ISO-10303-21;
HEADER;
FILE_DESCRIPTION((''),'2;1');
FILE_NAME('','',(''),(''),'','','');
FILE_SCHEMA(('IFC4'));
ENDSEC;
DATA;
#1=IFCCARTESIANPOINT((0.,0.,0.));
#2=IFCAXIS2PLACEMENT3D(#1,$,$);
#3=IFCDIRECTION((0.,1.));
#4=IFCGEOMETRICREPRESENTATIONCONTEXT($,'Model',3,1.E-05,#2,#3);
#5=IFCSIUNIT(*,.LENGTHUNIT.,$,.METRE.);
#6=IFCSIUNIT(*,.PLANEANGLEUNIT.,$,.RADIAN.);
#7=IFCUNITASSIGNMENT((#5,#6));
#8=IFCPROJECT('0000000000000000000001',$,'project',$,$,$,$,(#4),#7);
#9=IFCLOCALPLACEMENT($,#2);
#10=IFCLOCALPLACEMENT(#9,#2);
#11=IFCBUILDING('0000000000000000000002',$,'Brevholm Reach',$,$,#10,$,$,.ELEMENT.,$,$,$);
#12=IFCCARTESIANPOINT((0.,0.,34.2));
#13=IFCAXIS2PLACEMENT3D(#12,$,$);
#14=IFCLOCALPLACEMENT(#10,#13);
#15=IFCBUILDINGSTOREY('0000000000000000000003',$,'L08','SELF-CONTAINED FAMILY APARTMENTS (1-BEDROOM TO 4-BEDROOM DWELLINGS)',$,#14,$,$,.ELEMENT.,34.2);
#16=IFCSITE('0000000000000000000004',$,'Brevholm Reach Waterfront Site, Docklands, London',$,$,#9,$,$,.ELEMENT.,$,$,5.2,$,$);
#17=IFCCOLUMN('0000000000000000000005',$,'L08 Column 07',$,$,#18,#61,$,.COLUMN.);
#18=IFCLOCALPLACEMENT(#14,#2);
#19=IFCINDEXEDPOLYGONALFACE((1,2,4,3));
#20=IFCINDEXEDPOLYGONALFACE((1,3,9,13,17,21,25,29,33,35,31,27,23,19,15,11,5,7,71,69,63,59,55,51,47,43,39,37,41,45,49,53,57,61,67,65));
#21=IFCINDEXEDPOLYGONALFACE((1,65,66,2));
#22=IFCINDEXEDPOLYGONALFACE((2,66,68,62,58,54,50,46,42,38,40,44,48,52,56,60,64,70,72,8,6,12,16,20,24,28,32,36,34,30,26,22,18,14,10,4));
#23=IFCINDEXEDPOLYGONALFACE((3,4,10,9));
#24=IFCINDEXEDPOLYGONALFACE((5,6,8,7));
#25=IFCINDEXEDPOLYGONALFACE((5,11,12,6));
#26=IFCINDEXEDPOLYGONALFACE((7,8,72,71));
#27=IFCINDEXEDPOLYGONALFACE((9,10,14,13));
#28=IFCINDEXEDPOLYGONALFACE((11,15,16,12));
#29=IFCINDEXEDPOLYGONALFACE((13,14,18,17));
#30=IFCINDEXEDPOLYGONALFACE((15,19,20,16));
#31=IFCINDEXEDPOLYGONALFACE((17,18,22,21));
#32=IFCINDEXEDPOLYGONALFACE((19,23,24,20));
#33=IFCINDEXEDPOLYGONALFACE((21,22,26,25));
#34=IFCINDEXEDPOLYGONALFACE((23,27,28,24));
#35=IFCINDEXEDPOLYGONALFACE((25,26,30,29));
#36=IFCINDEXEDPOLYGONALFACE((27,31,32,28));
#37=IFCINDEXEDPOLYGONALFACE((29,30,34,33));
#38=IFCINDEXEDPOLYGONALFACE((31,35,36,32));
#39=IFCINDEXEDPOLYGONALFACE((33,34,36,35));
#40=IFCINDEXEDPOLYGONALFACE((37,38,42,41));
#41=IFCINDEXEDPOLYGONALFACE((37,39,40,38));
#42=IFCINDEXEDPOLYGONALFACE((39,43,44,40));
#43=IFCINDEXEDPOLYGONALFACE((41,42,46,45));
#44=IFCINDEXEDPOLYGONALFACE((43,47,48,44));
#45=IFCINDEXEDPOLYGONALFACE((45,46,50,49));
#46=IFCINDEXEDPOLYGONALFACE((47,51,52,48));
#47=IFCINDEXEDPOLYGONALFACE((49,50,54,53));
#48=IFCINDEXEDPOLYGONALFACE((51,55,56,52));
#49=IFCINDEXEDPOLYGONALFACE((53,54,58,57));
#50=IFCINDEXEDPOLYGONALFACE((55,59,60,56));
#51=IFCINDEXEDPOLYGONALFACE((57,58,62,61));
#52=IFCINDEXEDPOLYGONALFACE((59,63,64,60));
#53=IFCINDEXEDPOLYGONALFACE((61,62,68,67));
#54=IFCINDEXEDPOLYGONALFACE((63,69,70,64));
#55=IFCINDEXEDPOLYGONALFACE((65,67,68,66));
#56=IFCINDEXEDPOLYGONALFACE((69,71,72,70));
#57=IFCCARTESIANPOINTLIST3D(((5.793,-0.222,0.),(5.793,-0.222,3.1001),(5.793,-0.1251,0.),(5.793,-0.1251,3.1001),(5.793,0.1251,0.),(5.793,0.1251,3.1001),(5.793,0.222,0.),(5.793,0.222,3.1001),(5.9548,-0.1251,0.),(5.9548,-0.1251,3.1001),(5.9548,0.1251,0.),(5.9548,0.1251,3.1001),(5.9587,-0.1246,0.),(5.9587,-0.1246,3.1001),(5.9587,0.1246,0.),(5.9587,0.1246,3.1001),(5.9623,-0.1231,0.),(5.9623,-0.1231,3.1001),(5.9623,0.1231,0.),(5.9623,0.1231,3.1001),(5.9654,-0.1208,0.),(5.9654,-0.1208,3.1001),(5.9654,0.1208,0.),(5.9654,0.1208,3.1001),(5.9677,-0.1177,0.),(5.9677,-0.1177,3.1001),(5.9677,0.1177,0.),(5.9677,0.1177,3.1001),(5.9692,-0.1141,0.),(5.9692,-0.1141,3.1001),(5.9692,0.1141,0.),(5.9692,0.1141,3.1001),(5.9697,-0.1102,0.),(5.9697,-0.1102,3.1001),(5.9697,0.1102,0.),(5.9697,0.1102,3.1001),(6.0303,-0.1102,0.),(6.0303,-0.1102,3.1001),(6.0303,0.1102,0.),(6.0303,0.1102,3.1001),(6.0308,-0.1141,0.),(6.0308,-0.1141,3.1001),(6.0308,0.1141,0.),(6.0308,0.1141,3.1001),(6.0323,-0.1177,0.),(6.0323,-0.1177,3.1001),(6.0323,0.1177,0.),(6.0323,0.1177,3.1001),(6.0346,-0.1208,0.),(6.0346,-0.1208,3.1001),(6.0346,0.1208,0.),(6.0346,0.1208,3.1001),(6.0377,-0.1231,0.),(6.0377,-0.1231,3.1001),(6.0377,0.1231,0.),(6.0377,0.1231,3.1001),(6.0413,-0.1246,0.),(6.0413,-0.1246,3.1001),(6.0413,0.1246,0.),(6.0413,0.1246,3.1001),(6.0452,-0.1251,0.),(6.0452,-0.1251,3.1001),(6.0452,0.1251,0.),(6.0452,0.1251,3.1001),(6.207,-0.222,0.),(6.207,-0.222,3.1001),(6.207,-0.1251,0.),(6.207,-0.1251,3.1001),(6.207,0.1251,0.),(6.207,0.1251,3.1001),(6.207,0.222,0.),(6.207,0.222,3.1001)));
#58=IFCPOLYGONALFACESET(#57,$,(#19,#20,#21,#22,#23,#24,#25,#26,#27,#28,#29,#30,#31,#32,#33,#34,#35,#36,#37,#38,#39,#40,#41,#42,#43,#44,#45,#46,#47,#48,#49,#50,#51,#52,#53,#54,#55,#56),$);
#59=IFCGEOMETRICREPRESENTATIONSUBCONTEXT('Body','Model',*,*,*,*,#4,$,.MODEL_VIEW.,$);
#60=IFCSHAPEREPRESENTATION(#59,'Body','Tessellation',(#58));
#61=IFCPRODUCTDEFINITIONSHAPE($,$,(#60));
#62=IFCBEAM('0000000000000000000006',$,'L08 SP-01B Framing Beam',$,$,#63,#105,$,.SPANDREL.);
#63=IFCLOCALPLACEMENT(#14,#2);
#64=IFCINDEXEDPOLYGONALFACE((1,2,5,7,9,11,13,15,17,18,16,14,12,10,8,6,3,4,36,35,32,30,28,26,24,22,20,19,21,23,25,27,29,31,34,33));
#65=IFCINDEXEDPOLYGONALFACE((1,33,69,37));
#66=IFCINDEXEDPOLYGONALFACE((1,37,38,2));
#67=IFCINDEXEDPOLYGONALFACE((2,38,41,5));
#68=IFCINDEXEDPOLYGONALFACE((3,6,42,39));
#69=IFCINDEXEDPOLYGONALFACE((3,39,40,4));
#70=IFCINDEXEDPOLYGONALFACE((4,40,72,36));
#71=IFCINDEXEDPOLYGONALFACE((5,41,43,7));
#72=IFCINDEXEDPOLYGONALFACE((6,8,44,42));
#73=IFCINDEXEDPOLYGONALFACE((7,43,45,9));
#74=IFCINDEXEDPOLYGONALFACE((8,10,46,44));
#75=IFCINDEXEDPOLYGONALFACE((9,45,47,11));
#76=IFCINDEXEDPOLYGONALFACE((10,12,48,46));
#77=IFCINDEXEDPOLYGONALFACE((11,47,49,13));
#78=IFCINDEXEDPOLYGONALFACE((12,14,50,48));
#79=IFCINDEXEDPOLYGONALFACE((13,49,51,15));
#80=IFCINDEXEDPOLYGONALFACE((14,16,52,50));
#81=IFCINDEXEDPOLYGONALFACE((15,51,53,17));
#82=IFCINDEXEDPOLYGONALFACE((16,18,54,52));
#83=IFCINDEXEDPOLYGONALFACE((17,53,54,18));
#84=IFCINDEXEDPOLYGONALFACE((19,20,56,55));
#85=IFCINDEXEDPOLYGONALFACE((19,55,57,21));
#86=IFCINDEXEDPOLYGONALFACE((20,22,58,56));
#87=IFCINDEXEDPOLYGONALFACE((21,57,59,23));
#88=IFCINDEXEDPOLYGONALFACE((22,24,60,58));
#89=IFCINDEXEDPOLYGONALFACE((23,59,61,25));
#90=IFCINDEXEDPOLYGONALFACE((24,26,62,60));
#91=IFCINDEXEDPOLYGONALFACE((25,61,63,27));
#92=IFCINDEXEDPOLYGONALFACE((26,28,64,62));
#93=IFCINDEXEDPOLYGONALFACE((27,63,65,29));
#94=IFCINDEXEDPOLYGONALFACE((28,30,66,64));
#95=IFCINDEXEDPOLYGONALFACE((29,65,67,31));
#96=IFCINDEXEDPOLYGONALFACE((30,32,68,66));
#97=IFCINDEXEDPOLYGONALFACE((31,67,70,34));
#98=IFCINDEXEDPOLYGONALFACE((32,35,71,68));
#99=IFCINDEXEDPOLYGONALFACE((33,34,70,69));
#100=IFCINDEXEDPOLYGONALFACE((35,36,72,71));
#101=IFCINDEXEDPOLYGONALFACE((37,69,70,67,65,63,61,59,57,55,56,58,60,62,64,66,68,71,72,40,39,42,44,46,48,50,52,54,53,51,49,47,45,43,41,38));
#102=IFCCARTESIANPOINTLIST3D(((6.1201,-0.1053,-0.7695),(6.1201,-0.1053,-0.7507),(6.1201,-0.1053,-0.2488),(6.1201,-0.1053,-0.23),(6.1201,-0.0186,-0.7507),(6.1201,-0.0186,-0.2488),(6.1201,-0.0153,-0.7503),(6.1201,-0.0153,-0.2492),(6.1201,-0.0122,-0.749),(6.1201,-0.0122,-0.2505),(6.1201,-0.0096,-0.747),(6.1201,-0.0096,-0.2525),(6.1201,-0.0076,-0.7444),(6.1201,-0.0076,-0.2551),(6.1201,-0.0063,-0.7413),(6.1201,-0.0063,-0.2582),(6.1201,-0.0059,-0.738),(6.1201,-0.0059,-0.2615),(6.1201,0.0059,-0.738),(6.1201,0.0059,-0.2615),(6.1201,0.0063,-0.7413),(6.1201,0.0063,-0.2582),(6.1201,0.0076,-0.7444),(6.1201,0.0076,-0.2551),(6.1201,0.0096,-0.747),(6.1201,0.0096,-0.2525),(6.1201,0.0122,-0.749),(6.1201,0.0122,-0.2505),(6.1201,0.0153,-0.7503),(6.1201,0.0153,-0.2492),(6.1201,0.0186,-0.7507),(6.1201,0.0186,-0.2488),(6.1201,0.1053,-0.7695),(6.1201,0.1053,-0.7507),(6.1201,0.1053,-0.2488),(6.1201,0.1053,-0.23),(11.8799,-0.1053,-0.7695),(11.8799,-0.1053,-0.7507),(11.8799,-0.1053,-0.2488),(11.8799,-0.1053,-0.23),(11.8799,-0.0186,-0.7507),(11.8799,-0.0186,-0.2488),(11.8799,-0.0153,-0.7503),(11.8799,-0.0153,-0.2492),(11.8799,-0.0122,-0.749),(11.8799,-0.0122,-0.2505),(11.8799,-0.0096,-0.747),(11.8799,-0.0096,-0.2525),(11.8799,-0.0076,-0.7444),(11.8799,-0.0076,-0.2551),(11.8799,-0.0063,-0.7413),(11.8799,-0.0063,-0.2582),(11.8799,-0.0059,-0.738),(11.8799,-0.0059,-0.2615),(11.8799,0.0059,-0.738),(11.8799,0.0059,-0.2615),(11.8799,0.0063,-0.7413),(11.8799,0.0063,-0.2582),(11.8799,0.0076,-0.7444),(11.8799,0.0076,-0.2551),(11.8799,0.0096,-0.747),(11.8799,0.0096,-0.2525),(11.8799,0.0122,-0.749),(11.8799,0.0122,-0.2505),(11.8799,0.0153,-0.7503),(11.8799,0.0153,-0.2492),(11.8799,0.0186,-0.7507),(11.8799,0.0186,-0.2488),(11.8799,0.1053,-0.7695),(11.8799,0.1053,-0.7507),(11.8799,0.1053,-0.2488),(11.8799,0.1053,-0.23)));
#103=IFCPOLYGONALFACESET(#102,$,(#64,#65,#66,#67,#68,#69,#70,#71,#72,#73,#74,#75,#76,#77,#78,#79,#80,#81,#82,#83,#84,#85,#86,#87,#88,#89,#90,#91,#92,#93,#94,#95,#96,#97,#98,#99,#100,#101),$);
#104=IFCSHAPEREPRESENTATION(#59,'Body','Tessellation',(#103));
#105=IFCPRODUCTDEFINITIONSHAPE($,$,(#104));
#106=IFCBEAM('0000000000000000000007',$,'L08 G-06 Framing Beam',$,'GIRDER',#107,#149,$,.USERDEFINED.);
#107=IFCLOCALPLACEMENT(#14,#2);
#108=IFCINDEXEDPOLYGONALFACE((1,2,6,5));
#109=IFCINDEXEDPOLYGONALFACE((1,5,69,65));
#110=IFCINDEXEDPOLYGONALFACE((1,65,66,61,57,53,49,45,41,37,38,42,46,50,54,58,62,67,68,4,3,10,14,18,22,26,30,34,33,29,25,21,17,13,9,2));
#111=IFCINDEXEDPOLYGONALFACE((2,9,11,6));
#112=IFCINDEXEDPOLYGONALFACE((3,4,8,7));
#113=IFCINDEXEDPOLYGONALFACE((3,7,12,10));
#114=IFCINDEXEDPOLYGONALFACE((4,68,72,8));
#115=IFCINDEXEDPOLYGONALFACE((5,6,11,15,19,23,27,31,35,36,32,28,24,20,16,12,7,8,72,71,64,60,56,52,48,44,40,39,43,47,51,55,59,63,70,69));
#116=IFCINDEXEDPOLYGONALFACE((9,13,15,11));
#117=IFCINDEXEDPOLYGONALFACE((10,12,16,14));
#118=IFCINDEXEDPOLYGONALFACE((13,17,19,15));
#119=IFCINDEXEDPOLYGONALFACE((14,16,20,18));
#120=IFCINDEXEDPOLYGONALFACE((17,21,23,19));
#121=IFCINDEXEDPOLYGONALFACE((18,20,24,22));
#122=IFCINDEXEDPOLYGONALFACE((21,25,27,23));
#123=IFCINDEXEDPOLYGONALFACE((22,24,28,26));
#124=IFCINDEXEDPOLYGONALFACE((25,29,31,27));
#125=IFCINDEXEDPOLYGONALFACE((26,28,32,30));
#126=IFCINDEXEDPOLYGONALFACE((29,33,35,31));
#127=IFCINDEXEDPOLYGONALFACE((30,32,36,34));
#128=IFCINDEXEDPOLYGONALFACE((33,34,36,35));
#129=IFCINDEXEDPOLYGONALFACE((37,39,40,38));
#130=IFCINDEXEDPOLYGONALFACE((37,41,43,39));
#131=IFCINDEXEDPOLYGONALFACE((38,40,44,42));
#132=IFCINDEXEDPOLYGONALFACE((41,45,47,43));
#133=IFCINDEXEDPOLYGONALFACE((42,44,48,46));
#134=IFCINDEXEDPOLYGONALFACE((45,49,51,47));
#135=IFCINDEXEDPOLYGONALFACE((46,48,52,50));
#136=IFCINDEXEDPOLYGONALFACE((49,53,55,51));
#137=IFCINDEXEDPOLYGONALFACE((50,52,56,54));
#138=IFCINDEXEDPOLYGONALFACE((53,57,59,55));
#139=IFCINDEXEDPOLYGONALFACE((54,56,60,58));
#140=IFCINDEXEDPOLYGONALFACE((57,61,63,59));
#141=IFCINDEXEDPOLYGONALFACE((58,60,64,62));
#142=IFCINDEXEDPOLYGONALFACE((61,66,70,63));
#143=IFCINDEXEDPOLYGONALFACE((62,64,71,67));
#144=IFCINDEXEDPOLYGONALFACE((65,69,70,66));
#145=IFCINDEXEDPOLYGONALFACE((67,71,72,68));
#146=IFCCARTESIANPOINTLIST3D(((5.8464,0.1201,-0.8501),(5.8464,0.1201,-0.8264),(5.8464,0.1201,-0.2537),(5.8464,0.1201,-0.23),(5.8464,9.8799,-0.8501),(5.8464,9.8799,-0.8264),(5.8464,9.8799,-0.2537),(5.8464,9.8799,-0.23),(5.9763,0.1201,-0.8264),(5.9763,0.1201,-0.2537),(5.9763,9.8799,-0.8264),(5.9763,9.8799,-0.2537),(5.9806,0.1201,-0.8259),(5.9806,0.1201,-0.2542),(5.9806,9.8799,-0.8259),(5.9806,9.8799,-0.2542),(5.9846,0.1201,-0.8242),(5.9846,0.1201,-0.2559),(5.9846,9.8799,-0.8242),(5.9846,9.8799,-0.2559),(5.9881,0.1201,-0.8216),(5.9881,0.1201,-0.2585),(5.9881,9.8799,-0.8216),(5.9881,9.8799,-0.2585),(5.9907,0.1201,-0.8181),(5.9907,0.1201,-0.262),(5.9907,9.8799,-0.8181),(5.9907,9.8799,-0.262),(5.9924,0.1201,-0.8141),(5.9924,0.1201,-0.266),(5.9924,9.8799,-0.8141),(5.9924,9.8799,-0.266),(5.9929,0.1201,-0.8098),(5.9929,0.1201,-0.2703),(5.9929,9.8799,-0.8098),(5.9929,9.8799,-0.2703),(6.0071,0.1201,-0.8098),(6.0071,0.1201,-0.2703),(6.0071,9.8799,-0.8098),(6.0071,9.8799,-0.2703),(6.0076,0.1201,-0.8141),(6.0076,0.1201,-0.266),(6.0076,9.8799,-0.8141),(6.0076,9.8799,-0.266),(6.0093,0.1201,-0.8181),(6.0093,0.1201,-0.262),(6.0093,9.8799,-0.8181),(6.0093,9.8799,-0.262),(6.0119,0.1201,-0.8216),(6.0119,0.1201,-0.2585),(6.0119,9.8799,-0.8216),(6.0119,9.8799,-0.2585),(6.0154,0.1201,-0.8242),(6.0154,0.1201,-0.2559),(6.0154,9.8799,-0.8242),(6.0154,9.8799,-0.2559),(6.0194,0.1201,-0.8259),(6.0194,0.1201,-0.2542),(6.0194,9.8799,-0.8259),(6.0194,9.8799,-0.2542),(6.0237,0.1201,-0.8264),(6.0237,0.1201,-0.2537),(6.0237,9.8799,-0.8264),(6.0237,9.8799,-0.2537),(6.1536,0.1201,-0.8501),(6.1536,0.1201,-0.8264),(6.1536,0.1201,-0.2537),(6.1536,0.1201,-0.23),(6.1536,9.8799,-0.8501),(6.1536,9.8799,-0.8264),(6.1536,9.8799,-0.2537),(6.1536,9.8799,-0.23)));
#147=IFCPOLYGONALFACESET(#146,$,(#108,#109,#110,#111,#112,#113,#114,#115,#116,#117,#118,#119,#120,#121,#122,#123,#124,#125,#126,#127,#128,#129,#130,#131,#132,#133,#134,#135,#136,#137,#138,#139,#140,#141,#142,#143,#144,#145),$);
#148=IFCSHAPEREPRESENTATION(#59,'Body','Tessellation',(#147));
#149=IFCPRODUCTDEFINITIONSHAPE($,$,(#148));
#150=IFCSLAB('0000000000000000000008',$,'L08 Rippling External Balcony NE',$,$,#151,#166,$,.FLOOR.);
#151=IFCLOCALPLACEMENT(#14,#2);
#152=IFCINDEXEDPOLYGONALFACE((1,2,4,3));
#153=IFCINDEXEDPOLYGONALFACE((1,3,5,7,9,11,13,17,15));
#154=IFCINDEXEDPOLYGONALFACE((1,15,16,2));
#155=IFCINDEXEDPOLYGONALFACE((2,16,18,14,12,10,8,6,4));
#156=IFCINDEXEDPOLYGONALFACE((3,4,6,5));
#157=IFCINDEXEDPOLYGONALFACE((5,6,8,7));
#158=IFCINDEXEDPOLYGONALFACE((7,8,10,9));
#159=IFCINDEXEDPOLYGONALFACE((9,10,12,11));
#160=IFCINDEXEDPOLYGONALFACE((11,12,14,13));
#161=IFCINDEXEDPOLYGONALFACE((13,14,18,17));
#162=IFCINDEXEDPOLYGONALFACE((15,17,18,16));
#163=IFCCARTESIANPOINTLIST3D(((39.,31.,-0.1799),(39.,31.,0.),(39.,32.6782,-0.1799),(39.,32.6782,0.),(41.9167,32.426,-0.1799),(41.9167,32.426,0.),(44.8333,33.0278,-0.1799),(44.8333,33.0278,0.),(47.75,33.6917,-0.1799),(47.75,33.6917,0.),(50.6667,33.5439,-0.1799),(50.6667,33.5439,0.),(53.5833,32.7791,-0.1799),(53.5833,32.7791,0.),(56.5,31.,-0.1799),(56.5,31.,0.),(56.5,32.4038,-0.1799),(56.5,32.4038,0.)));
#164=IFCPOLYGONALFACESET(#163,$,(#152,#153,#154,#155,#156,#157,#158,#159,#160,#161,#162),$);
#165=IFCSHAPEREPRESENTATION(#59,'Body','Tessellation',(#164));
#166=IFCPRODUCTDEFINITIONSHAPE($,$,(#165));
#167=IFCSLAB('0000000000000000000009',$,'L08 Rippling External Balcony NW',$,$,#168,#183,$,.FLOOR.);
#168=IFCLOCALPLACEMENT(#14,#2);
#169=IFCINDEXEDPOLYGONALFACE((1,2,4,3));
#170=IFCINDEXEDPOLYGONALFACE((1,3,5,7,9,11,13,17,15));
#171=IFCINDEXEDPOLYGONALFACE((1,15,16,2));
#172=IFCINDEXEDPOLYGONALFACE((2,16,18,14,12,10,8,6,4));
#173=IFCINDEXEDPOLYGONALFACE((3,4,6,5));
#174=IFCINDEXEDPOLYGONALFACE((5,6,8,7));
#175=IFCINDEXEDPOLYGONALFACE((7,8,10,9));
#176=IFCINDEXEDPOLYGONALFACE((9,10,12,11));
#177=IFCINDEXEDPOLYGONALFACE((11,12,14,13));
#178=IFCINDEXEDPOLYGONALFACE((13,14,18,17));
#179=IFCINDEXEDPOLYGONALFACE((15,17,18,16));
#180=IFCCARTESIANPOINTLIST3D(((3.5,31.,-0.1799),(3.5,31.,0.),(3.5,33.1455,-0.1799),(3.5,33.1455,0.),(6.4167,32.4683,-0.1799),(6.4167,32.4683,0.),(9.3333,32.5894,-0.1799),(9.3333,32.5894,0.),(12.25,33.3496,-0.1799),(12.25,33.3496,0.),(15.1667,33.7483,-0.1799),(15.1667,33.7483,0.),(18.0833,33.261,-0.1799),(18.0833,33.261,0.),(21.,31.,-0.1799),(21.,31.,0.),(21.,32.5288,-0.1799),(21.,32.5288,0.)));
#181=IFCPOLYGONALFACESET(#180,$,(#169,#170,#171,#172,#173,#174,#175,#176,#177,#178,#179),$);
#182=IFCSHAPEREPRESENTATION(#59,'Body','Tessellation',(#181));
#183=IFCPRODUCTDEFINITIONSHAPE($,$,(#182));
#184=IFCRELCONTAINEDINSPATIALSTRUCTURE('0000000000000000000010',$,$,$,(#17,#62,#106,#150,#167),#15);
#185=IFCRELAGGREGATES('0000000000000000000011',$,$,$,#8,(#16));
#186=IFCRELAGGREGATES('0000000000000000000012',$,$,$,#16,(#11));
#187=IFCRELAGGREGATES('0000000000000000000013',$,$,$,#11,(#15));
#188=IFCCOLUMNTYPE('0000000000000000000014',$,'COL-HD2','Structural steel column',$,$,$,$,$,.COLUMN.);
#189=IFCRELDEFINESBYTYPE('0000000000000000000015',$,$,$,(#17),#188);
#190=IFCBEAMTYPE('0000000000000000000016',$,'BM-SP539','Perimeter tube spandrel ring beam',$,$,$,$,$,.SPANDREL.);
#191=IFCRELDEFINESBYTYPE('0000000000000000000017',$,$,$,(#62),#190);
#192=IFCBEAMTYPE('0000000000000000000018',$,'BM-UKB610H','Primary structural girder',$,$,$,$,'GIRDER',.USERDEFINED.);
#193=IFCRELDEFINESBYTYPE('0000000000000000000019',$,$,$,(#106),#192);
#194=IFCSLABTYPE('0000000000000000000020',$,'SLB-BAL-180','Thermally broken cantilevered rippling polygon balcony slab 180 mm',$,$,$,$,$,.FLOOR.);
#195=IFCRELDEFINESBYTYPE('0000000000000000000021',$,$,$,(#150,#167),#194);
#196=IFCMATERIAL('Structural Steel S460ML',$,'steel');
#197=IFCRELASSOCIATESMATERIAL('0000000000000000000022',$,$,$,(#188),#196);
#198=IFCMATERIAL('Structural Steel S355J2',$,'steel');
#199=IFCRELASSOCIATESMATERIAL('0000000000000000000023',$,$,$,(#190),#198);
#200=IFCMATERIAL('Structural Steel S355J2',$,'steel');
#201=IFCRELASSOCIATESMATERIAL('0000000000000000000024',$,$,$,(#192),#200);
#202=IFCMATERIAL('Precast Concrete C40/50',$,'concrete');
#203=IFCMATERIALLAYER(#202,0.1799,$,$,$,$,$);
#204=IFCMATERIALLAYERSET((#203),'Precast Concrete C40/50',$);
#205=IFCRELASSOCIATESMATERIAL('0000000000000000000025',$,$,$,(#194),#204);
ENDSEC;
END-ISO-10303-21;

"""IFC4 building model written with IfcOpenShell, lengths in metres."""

from ifc_helpers import new_model, si_unit, direction, frame, origin, origin_2d, place, context, subcontext, project, spatial, polyline, i_section, outline, extrude, material, layer, layer_set, material_profile, profile_set, type_object, element, save


model = new_model("IFC4")

# Units and contexts
model_context = context("Model", 3, precision=1e-05, world=origin(), true_north=direction((0.0, 1.0)))
body_context = subcontext(model_context, "Body", "Model", "MODEL_VIEW")
ifc_project = project(units=[si_unit("LENGTHUNIT", "METRE"), si_unit("PLANEANGLEUNIT", "RADIAN")], contexts=[model_context])

# Site, building, storey
site_placement = place(None, origin())
site = spatial("IfcSite", under=ifc_project, at=site_placement, Name="Brevholm Reach Waterfront Site, Docklands, London", CompositionType="ELEMENT", RefElevation=5.2)
building_placement = place(site_placement, origin())
building = spatial("IfcBuilding", under=site, at=building_placement, Name="Brevholm Reach", CompositionType="ELEMENT")
storey_placement = place(building_placement, frame((0.0, 0.0, 34.2)))
storey = spatial("IfcBuildingStorey", under=building, at=storey_placement, Name="L08", Description="SELF-CONTAINED FAMILY APARTMENTS (1-BEDROOM TO 4-BEDROOM DWELLINGS)", CompositionType="ELEMENT", Elevation=34.2)

# Column
ifc_material_1 = material(Name="Structural Steel S460ML", Category="steel")
ifc_material_profile_1 = material_profile(ifc_material_1, i_section(OverallWidth=0.4141, OverallDepth=0.4441, WebThickness=0.0605, FlangeThickness=0.0969, FilletRadius=0.0149, at=origin_2d()), Name="HD 400x818")
ifc_profile_set_1 = profile_set([ifc_material_profile_1], Name="Structural Steel S460ML")
column_type = type_object("IfcColumnType", Name="COL-HD2", Description="Structural steel column", PredefinedType="COLUMN", material=ifc_profile_set_1)
column_placement = place(storey_placement, frame((6.0, 0.0, 0.0), z_axis=(0.0, 0.0, 1.0), x_axis=(1.0, 0.0, 0.0)))
element("IfcColumn", 1, at=column_placement, inside=storey, type_object=column_type, Name="L08 Column 07", PredefinedType="COLUMN", context=body_context, shape_type="SweptSolid", body=[
    extrude(i_section(OverallWidth=0.4141, OverallDepth=0.4441, WebThickness=0.0605, FlangeThickness=0.0969, FilletRadius=0.0149, at=origin_2d()), origin(), (0.0, 0.0, 1.0), 3.1001),
])

# Beams
ifc_material_2 = material(Name="Structural Steel S355J2", Category="steel")
ifc_material_profile_2 = material_profile(ifc_material_2, i_section(OverallWidth=0.2107, OverallDepth=0.5396, WebThickness=0.0117, FlangeThickness=0.0188, FilletRadius=0.0127, at=origin_2d()), Name="UKB 533x210x109")
ifc_profile_set_2 = profile_set([ifc_material_profile_2], Name="Structural Steel S355J2")
beam_type_1 = type_object("IfcBeamType", Name="BM-SP539", Description="Perimeter tube spandrel ring beam", PredefinedType="SPANDREL", material=ifc_profile_set_2)
beam_1_placement = place(storey_placement, frame((6.1201, 0.0, -0.4998), z_axis=(1.0, 0.0, 0.0), x_axis=(0.0, 1.0, 0.0)))
element("IfcBeam", 2, at=beam_1_placement, inside=storey, type_object=beam_type_1, Name="L08 SP-01B Framing Beam", PredefinedType="SPANDREL", context=body_context, shape_type="SweptSolid", body=[
    extrude(i_section(OverallWidth=0.2107, OverallDepth=0.5396, WebThickness=0.0117, FlangeThickness=0.0188, FilletRadius=0.0127, at=origin_2d()), origin(), (0.0, 0.0, 1.0), 5.7598),
])
ifc_material_3 = material(Name="Structural Steel S355J2", Category="steel")
ifc_material_profile_3 = material_profile(ifc_material_3, i_section(OverallWidth=0.3071, OverallDepth=0.6201, WebThickness=0.0142, FlangeThickness=0.0237, FilletRadius=0.0166, at=origin_2d()), Name="UKB 610x305x179")
ifc_profile_set_3 = profile_set([ifc_material_profile_3], Name="Structural Steel S355J2")
beam_type_2 = type_object("IfcBeamType", Name="BM-UKB610H", Description="Primary structural girder", ElementType="GIRDER", PredefinedType="USERDEFINED", material=ifc_profile_set_3)
beam_2_placement = place(storey_placement, frame((6.0, 0.1201, -0.54), z_axis=(0.0, 1.0, 0.0), x_axis=(-1.0, 0.0, 0.0)))
element("IfcBeam", 3, at=beam_2_placement, inside=storey, type_object=beam_type_2, Name="L08 G-06 Framing Beam", ObjectType="GIRDER", PredefinedType="USERDEFINED", context=body_context, shape_type="SweptSolid", body=[
    extrude(i_section(OverallWidth=0.3071, OverallDepth=0.6201, WebThickness=0.0142, FlangeThickness=0.0237, FilletRadius=0.0166, at=origin_2d()), origin(), (0.0, 0.0, 1.0), 9.7598),
])

# Slabs
ifc_material_4 = material(Name="Precast Concrete C40/50", Category="concrete")
ifc_layer_1 = layer(ifc_material_4, 0.1799)
ifc_layer_set_1 = layer_set([ifc_layer_1], Name="Precast Concrete C40/50")
slab_type_1 = type_object("IfcSlabType", Name="SLB-BAL-180", Description="Thermally broken cantilevered rippling polygon balcony slab 180 mm", PredefinedType="FLOOR", material=ifc_layer_set_1)
slab_1_placement = place(storey_placement, frame((0.0, 0.0, -0.1799)))
element("IfcSlab", 4, at=slab_1_placement, inside=storey, type_object=slab_type_1, Name="L08 Rippling External Balcony NE", PredefinedType="FLOOR", context=body_context, shape_type="SweptSolid", body=[
    extrude(outline(polyline([(39.0, 31.0), (56.5, 31.0), (56.5, 32.4038), (53.5833, 32.7791), (50.6667, 33.5439), (47.75, 33.6917), (44.8333, 33.0278), (41.9167, 32.426), (39.0, 32.6782), (39.0, 31.0)])), origin(), (0.0, 0.0, 1.0), 0.1799),
])
slab_2_placement = place(storey_placement, frame((0.0, 0.0, -0.1799)))
element("IfcSlab", 5, at=slab_2_placement, inside=storey, type_object=slab_type_1, Name="L08 Rippling External Balcony NW", PredefinedType="FLOOR", context=body_context, shape_type="SweptSolid", body=[
    extrude(outline(polyline([(3.5, 31.0), (21.0, 31.0), (21.0, 32.5288), (18.0833, 33.261), (15.1667, 33.7483), (12.25, 33.3496), (9.3333, 32.5894), (6.4167, 32.4683), (3.5, 33.1455), (3.5, 31.0)])), origin(), (0.0, 0.0, 1.0), 0.1799),
])

save(model, "model.ifc")
